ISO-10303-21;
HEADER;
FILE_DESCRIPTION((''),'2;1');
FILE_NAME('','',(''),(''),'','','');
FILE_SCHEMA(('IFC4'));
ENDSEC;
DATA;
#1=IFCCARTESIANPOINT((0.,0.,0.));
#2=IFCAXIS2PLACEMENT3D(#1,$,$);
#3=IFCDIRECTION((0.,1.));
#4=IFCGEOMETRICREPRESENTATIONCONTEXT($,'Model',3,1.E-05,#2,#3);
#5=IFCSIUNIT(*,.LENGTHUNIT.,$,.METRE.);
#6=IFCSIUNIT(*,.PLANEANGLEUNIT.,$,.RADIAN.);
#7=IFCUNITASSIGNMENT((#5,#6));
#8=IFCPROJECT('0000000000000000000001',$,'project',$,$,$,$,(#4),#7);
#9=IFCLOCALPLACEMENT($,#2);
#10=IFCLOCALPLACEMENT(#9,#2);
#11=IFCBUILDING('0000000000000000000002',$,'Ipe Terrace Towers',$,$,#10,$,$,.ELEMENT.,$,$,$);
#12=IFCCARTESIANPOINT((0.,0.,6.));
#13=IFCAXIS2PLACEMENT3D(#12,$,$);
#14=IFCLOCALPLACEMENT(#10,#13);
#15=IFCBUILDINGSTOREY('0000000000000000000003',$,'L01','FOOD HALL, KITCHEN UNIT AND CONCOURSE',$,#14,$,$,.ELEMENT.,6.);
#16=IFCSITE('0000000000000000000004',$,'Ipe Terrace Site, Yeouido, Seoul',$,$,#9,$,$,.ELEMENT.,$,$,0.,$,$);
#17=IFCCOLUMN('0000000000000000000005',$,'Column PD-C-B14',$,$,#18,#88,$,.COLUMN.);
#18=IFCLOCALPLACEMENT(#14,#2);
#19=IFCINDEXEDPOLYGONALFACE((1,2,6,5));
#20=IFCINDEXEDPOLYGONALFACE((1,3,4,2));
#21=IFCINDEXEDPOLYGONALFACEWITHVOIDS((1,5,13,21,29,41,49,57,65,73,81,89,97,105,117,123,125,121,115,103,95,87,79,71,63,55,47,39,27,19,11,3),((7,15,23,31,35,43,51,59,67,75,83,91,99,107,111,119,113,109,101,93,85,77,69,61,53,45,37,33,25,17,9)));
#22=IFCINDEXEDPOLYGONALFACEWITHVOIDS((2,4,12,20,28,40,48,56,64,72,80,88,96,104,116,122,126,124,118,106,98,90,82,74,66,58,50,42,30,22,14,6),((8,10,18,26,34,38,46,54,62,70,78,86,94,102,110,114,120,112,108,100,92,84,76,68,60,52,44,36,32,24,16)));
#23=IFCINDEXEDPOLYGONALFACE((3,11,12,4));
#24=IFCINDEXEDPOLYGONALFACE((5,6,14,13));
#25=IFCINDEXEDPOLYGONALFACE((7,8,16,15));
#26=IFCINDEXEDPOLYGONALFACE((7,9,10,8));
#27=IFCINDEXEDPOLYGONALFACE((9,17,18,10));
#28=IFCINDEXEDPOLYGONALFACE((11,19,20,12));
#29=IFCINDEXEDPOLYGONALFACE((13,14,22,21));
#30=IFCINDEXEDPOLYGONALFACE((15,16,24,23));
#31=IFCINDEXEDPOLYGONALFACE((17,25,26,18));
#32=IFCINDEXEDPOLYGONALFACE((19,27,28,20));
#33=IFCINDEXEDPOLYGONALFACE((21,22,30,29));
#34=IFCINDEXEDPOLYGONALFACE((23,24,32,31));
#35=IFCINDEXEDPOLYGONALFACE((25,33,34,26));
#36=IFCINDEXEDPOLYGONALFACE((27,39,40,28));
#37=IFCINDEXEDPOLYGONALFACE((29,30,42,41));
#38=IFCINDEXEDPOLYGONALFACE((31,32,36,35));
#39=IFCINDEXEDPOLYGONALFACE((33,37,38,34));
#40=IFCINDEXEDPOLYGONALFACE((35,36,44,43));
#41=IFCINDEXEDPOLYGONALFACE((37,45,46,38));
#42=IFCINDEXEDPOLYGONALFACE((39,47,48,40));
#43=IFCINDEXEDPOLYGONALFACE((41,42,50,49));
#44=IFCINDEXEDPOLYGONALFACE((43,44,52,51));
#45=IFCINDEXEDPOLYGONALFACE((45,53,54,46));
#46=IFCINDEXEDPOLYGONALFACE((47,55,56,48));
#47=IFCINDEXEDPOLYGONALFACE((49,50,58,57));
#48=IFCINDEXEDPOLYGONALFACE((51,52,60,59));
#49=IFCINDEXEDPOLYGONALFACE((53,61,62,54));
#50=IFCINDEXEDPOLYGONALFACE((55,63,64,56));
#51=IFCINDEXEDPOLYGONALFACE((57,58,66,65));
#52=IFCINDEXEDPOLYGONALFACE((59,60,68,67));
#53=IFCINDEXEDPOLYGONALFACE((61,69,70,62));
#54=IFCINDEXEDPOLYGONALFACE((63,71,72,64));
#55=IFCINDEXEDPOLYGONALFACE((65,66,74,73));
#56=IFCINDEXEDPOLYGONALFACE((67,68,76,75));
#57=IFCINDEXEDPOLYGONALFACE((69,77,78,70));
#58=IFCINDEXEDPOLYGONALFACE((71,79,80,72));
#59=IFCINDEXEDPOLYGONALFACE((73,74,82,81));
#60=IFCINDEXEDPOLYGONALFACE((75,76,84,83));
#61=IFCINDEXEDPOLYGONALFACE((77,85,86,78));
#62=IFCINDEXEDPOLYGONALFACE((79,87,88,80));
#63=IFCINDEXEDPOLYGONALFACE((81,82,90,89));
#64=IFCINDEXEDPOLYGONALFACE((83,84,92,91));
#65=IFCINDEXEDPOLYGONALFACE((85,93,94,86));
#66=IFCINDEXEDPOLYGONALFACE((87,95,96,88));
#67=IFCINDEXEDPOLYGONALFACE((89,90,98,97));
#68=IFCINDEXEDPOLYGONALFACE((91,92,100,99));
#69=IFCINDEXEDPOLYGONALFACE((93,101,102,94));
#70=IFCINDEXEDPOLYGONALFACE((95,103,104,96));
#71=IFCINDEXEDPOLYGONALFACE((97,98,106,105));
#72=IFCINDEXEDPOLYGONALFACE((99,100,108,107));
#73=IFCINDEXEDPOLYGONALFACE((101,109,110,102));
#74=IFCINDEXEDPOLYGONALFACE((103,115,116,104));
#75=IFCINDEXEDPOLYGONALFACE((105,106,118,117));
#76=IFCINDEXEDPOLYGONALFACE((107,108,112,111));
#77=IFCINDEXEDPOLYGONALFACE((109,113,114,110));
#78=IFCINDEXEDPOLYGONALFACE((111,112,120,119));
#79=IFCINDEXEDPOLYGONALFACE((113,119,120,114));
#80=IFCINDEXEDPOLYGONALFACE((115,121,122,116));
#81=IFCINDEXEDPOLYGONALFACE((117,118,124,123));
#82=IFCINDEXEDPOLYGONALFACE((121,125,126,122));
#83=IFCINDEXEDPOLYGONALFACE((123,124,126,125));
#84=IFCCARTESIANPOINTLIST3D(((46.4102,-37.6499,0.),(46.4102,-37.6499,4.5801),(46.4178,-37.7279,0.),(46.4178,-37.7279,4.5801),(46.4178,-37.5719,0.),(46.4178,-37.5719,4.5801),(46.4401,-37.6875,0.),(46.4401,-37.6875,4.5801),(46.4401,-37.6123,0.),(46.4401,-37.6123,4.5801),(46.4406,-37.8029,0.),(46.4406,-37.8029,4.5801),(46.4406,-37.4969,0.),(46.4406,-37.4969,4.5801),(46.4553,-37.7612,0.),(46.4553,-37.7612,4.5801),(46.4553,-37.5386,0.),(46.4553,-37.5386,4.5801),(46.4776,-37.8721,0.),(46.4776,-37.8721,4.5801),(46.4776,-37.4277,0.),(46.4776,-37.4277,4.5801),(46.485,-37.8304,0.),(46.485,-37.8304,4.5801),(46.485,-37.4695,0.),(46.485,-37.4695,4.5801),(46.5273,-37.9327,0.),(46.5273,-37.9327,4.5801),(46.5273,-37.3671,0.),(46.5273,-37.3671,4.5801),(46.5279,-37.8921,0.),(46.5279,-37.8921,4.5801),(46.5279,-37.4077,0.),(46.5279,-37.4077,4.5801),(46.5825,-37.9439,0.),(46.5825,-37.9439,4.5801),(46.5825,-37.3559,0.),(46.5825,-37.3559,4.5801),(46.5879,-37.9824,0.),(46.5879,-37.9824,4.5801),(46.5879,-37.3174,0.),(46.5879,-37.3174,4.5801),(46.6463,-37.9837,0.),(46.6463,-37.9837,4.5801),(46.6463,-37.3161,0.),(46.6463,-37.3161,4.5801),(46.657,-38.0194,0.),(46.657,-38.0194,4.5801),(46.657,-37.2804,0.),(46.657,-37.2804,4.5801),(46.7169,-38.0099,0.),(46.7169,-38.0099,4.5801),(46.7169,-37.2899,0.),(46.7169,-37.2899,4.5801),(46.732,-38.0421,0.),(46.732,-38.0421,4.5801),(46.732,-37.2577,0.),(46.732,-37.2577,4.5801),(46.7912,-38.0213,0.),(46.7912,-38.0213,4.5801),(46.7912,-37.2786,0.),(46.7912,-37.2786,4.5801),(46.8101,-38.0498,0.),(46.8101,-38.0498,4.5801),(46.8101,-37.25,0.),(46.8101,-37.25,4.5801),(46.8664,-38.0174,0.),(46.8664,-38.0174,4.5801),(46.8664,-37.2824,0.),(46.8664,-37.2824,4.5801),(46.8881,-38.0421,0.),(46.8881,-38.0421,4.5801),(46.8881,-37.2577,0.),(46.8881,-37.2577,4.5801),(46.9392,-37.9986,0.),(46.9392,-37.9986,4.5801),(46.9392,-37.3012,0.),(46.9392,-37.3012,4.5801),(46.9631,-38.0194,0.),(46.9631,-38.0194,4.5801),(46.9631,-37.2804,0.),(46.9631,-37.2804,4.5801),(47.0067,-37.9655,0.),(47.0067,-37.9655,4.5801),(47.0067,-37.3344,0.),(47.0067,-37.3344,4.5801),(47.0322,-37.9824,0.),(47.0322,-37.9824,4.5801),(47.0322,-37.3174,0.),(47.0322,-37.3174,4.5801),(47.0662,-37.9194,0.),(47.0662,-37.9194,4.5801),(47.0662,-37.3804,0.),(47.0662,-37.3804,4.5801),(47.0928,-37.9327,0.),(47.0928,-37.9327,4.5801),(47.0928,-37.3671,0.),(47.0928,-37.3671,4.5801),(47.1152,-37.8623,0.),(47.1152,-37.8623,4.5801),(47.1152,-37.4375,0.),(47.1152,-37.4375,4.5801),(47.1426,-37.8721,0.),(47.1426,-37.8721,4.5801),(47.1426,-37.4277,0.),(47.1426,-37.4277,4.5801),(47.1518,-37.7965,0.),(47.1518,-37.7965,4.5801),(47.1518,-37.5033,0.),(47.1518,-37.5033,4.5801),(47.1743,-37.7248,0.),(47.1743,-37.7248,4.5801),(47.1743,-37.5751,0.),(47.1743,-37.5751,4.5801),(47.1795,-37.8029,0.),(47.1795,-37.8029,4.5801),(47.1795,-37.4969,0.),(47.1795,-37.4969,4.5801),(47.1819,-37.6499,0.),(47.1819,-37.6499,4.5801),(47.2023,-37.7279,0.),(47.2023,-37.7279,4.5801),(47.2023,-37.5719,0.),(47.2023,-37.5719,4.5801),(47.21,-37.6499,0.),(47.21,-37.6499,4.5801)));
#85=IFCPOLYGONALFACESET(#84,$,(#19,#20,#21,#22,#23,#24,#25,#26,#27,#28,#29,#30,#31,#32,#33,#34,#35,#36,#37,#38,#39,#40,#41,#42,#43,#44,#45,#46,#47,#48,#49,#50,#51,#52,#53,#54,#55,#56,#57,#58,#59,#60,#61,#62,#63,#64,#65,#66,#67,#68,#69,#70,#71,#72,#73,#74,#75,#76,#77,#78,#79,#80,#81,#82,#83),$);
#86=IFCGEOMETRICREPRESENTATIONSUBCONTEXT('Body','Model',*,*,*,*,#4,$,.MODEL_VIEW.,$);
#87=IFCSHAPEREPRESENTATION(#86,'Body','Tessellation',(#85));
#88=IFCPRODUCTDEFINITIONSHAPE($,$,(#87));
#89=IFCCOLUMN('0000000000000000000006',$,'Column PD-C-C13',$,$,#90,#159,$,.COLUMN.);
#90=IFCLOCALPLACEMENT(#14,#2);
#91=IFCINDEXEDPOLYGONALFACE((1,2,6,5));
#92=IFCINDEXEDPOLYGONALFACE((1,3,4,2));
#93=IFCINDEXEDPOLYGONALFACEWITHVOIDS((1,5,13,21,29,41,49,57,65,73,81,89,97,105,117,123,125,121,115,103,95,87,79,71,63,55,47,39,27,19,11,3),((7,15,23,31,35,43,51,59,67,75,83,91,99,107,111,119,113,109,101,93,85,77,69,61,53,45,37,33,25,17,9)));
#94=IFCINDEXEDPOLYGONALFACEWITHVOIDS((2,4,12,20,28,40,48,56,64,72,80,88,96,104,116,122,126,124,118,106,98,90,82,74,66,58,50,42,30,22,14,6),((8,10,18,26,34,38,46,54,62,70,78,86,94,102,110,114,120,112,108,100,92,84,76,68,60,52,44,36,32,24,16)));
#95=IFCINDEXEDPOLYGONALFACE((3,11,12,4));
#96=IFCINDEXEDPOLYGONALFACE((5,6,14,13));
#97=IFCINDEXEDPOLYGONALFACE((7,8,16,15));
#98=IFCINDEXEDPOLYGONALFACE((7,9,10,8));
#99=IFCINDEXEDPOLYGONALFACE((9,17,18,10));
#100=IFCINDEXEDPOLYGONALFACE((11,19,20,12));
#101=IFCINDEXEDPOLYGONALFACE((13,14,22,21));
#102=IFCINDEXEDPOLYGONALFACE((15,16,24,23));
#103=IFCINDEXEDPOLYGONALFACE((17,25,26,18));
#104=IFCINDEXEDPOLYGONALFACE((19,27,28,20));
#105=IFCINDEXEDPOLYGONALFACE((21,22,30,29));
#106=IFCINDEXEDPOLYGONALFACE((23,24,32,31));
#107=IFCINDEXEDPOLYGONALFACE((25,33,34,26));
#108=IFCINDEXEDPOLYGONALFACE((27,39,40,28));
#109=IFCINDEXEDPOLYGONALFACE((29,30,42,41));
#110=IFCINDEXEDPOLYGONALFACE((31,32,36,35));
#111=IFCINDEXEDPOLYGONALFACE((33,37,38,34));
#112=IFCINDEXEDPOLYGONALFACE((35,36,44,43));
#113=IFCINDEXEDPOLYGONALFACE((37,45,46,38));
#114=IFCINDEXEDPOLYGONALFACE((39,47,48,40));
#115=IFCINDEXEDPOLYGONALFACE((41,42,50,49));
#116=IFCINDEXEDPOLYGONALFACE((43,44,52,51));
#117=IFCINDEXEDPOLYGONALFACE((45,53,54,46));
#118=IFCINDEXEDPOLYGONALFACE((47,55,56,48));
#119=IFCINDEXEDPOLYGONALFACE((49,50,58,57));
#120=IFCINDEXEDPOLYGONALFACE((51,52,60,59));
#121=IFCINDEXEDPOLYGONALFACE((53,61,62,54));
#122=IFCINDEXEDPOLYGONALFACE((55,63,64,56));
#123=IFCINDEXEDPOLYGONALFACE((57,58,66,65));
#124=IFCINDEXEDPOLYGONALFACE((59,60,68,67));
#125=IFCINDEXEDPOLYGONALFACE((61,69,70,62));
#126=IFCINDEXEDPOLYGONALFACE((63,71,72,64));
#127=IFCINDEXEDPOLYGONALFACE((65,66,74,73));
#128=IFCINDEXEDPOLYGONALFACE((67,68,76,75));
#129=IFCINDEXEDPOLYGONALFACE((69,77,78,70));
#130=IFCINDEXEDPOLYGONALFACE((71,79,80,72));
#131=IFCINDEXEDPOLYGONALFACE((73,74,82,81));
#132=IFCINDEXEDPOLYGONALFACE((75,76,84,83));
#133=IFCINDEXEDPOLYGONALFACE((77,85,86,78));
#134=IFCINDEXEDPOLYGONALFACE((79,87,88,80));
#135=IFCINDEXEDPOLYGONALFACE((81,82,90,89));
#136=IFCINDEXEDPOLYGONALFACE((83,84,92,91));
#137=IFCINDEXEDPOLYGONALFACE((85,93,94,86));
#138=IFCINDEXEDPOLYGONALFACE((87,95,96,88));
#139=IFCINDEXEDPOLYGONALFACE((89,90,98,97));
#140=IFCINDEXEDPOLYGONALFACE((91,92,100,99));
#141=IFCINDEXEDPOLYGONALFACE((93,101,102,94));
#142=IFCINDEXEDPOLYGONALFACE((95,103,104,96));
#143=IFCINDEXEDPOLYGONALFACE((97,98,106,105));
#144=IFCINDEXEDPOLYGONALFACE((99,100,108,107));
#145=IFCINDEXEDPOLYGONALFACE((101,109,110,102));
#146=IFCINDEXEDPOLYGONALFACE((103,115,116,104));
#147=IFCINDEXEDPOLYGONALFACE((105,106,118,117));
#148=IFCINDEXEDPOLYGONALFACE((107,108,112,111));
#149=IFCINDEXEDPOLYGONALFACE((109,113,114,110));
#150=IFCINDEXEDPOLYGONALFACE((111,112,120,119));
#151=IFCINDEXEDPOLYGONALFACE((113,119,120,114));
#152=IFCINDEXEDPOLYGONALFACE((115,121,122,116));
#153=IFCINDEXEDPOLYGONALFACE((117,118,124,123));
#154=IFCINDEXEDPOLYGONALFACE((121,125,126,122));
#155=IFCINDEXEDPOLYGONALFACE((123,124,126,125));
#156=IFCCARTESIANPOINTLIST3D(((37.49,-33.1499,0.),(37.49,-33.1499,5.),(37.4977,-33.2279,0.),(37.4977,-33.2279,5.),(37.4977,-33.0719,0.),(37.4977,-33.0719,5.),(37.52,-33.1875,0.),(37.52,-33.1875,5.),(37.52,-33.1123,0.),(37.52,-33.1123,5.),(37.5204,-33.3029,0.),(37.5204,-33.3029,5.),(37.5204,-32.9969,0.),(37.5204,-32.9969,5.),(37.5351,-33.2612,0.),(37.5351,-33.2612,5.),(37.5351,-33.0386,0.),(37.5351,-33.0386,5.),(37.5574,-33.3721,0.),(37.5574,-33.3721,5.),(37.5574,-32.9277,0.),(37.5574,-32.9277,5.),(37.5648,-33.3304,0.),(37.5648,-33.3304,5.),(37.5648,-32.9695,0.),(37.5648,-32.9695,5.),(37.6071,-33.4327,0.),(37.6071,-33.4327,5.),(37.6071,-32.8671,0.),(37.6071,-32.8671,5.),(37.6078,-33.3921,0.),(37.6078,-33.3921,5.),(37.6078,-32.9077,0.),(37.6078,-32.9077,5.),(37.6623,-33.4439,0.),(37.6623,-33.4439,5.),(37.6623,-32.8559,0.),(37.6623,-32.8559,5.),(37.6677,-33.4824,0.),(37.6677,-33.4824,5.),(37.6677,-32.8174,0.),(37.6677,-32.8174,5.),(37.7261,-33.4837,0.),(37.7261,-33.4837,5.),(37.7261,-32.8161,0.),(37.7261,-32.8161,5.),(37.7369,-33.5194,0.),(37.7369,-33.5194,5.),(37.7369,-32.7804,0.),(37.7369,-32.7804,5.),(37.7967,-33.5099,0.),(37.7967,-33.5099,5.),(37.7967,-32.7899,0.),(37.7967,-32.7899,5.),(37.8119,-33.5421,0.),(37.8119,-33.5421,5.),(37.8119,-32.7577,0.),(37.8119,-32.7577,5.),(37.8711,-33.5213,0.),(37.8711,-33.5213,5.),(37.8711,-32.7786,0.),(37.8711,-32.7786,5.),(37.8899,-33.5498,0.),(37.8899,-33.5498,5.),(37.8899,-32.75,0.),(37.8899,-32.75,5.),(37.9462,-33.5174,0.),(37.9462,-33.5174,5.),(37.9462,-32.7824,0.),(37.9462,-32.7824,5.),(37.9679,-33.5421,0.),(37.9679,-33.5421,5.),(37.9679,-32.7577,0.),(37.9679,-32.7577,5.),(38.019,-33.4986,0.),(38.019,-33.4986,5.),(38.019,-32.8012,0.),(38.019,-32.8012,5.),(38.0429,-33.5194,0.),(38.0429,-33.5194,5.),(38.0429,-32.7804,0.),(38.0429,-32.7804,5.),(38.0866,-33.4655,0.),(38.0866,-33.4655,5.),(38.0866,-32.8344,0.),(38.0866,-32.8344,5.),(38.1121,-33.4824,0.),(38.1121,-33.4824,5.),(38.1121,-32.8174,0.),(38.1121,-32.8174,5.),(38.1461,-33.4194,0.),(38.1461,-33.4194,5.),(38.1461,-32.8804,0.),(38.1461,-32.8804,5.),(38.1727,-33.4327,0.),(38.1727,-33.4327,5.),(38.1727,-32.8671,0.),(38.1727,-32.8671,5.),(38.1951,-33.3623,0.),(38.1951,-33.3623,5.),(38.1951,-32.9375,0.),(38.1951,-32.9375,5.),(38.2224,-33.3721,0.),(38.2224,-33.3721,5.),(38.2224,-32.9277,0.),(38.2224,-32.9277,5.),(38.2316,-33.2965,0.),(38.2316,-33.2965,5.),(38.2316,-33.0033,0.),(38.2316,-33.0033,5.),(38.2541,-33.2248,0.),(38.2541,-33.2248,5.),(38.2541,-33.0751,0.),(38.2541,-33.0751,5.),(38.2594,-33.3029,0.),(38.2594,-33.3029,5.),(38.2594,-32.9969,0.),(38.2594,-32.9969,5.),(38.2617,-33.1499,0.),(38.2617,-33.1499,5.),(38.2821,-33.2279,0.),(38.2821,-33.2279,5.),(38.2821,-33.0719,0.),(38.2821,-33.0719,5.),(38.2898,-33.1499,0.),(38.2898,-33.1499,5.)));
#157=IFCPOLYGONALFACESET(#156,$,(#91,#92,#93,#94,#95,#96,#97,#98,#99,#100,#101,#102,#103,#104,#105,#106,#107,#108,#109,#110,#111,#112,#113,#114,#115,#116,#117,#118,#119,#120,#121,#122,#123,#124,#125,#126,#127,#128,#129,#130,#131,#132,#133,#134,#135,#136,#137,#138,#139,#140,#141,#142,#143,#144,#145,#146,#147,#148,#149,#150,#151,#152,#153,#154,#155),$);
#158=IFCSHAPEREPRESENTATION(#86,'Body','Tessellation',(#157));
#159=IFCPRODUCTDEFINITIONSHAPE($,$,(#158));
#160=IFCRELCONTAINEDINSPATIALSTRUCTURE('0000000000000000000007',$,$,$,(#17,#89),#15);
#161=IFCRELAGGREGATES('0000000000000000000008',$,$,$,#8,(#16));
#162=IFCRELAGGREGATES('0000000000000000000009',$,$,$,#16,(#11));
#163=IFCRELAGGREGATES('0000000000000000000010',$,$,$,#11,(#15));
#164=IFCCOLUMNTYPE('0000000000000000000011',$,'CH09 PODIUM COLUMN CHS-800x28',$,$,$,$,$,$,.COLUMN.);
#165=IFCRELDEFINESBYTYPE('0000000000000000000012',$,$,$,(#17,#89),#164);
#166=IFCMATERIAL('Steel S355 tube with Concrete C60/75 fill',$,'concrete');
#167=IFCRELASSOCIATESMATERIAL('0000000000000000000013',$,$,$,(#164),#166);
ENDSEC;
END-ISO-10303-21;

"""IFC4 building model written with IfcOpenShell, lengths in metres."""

from ifc_helpers import new_model, si_unit, direction, frame, origin, origin_2d, place, context, subcontext, project, spatial, hollow_circle, extrude, material, material_profile, profile_set, type_object, element, save


model = new_model("IFC4")

# Units and contexts
model_context = context("Model", 3, precision=1e-05, world=origin(), true_north=direction((0.0, 1.0)))
body_context = subcontext(model_context, "Body", "Model", "MODEL_VIEW")
ifc_project = project(units=[si_unit("LENGTHUNIT", "METRE"), si_unit("PLANEANGLEUNIT", "RADIAN")], contexts=[model_context])

# Site, building, storey
site_placement = place(None, origin())
site = spatial("IfcSite", under=ifc_project, at=site_placement, Name="Ipe Terrace Site, Yeouido, Seoul", CompositionType="ELEMENT", RefElevation=0.0)
building_placement = place(site_placement, origin())
building = spatial("IfcBuilding", under=site, at=building_placement, Name="Ipe Terrace Towers", CompositionType="ELEMENT")
storey_placement = place(building_placement, frame((0.0, 0.0, 6.0)))
storey = spatial("IfcBuildingStorey", under=building, at=storey_placement, Name="L01", Description="FOOD HALL, KITCHEN UNIT AND CONCOURSE", CompositionType="ELEMENT", Elevation=6.0)

# Columns
ifc_material_1 = material(Name="Steel S355 tube with Concrete C60/75 fill", Category="concrete")
ifc_material_profile_1 = material_profile(ifc_material_1, hollow_circle(Radius=0.3999, WallThickness=0.0281, at=origin_2d()), Name="CHS-800x28")
ifc_profile_set_1 = profile_set([ifc_material_profile_1], Name="Steel S355 tube with Concrete C60/75 fill")
column_type_1 = type_object("IfcColumnType", Name="CH09 PODIUM COLUMN CHS-800x28", PredefinedType="COLUMN", material=ifc_profile_set_1)
for number, where, z_axis, x_axis, name in (
    (1, (46.8101, -37.6499, 0.0), (0.0, 0.0, 1.0), (1.0, 0.0, 0.0), "Column PD-C-B14"),
):
    element("IfcColumn", number, at=place(storey_placement, frame(where, z_axis=z_axis, x_axis=x_axis)), inside=storey, type_object=column_type_1, Name=name, PredefinedType="COLUMN", context=body_context, shape_type="SweptSolid", body=[
        extrude(hollow_circle(Radius=0.3999, WallThickness=0.0281, at=origin_2d()), origin(), (0.0, 0.0, 1.0), 4.5801),
    ])
for number, where, z_axis, x_axis, name in (
    (2, (37.8899, -33.1499, 0.0), (0.0, 0.0, 1.0), (1.0, 0.0, 0.0), "Column PD-C-C13"),
):
    element("IfcColumn", number, at=place(storey_placement, frame(where, z_axis=z_axis, x_axis=x_axis)), inside=storey, type_object=column_type_1, Name=name, PredefinedType="COLUMN", context=body_context, shape_type="SweptSolid", body=[
        extrude(hollow_circle(Radius=0.3999, WallThickness=0.0281, at=origin_2d()), origin(), (0.0, 0.0, 1.0), 5.0),
    ])

save(model, "model.ifc")
